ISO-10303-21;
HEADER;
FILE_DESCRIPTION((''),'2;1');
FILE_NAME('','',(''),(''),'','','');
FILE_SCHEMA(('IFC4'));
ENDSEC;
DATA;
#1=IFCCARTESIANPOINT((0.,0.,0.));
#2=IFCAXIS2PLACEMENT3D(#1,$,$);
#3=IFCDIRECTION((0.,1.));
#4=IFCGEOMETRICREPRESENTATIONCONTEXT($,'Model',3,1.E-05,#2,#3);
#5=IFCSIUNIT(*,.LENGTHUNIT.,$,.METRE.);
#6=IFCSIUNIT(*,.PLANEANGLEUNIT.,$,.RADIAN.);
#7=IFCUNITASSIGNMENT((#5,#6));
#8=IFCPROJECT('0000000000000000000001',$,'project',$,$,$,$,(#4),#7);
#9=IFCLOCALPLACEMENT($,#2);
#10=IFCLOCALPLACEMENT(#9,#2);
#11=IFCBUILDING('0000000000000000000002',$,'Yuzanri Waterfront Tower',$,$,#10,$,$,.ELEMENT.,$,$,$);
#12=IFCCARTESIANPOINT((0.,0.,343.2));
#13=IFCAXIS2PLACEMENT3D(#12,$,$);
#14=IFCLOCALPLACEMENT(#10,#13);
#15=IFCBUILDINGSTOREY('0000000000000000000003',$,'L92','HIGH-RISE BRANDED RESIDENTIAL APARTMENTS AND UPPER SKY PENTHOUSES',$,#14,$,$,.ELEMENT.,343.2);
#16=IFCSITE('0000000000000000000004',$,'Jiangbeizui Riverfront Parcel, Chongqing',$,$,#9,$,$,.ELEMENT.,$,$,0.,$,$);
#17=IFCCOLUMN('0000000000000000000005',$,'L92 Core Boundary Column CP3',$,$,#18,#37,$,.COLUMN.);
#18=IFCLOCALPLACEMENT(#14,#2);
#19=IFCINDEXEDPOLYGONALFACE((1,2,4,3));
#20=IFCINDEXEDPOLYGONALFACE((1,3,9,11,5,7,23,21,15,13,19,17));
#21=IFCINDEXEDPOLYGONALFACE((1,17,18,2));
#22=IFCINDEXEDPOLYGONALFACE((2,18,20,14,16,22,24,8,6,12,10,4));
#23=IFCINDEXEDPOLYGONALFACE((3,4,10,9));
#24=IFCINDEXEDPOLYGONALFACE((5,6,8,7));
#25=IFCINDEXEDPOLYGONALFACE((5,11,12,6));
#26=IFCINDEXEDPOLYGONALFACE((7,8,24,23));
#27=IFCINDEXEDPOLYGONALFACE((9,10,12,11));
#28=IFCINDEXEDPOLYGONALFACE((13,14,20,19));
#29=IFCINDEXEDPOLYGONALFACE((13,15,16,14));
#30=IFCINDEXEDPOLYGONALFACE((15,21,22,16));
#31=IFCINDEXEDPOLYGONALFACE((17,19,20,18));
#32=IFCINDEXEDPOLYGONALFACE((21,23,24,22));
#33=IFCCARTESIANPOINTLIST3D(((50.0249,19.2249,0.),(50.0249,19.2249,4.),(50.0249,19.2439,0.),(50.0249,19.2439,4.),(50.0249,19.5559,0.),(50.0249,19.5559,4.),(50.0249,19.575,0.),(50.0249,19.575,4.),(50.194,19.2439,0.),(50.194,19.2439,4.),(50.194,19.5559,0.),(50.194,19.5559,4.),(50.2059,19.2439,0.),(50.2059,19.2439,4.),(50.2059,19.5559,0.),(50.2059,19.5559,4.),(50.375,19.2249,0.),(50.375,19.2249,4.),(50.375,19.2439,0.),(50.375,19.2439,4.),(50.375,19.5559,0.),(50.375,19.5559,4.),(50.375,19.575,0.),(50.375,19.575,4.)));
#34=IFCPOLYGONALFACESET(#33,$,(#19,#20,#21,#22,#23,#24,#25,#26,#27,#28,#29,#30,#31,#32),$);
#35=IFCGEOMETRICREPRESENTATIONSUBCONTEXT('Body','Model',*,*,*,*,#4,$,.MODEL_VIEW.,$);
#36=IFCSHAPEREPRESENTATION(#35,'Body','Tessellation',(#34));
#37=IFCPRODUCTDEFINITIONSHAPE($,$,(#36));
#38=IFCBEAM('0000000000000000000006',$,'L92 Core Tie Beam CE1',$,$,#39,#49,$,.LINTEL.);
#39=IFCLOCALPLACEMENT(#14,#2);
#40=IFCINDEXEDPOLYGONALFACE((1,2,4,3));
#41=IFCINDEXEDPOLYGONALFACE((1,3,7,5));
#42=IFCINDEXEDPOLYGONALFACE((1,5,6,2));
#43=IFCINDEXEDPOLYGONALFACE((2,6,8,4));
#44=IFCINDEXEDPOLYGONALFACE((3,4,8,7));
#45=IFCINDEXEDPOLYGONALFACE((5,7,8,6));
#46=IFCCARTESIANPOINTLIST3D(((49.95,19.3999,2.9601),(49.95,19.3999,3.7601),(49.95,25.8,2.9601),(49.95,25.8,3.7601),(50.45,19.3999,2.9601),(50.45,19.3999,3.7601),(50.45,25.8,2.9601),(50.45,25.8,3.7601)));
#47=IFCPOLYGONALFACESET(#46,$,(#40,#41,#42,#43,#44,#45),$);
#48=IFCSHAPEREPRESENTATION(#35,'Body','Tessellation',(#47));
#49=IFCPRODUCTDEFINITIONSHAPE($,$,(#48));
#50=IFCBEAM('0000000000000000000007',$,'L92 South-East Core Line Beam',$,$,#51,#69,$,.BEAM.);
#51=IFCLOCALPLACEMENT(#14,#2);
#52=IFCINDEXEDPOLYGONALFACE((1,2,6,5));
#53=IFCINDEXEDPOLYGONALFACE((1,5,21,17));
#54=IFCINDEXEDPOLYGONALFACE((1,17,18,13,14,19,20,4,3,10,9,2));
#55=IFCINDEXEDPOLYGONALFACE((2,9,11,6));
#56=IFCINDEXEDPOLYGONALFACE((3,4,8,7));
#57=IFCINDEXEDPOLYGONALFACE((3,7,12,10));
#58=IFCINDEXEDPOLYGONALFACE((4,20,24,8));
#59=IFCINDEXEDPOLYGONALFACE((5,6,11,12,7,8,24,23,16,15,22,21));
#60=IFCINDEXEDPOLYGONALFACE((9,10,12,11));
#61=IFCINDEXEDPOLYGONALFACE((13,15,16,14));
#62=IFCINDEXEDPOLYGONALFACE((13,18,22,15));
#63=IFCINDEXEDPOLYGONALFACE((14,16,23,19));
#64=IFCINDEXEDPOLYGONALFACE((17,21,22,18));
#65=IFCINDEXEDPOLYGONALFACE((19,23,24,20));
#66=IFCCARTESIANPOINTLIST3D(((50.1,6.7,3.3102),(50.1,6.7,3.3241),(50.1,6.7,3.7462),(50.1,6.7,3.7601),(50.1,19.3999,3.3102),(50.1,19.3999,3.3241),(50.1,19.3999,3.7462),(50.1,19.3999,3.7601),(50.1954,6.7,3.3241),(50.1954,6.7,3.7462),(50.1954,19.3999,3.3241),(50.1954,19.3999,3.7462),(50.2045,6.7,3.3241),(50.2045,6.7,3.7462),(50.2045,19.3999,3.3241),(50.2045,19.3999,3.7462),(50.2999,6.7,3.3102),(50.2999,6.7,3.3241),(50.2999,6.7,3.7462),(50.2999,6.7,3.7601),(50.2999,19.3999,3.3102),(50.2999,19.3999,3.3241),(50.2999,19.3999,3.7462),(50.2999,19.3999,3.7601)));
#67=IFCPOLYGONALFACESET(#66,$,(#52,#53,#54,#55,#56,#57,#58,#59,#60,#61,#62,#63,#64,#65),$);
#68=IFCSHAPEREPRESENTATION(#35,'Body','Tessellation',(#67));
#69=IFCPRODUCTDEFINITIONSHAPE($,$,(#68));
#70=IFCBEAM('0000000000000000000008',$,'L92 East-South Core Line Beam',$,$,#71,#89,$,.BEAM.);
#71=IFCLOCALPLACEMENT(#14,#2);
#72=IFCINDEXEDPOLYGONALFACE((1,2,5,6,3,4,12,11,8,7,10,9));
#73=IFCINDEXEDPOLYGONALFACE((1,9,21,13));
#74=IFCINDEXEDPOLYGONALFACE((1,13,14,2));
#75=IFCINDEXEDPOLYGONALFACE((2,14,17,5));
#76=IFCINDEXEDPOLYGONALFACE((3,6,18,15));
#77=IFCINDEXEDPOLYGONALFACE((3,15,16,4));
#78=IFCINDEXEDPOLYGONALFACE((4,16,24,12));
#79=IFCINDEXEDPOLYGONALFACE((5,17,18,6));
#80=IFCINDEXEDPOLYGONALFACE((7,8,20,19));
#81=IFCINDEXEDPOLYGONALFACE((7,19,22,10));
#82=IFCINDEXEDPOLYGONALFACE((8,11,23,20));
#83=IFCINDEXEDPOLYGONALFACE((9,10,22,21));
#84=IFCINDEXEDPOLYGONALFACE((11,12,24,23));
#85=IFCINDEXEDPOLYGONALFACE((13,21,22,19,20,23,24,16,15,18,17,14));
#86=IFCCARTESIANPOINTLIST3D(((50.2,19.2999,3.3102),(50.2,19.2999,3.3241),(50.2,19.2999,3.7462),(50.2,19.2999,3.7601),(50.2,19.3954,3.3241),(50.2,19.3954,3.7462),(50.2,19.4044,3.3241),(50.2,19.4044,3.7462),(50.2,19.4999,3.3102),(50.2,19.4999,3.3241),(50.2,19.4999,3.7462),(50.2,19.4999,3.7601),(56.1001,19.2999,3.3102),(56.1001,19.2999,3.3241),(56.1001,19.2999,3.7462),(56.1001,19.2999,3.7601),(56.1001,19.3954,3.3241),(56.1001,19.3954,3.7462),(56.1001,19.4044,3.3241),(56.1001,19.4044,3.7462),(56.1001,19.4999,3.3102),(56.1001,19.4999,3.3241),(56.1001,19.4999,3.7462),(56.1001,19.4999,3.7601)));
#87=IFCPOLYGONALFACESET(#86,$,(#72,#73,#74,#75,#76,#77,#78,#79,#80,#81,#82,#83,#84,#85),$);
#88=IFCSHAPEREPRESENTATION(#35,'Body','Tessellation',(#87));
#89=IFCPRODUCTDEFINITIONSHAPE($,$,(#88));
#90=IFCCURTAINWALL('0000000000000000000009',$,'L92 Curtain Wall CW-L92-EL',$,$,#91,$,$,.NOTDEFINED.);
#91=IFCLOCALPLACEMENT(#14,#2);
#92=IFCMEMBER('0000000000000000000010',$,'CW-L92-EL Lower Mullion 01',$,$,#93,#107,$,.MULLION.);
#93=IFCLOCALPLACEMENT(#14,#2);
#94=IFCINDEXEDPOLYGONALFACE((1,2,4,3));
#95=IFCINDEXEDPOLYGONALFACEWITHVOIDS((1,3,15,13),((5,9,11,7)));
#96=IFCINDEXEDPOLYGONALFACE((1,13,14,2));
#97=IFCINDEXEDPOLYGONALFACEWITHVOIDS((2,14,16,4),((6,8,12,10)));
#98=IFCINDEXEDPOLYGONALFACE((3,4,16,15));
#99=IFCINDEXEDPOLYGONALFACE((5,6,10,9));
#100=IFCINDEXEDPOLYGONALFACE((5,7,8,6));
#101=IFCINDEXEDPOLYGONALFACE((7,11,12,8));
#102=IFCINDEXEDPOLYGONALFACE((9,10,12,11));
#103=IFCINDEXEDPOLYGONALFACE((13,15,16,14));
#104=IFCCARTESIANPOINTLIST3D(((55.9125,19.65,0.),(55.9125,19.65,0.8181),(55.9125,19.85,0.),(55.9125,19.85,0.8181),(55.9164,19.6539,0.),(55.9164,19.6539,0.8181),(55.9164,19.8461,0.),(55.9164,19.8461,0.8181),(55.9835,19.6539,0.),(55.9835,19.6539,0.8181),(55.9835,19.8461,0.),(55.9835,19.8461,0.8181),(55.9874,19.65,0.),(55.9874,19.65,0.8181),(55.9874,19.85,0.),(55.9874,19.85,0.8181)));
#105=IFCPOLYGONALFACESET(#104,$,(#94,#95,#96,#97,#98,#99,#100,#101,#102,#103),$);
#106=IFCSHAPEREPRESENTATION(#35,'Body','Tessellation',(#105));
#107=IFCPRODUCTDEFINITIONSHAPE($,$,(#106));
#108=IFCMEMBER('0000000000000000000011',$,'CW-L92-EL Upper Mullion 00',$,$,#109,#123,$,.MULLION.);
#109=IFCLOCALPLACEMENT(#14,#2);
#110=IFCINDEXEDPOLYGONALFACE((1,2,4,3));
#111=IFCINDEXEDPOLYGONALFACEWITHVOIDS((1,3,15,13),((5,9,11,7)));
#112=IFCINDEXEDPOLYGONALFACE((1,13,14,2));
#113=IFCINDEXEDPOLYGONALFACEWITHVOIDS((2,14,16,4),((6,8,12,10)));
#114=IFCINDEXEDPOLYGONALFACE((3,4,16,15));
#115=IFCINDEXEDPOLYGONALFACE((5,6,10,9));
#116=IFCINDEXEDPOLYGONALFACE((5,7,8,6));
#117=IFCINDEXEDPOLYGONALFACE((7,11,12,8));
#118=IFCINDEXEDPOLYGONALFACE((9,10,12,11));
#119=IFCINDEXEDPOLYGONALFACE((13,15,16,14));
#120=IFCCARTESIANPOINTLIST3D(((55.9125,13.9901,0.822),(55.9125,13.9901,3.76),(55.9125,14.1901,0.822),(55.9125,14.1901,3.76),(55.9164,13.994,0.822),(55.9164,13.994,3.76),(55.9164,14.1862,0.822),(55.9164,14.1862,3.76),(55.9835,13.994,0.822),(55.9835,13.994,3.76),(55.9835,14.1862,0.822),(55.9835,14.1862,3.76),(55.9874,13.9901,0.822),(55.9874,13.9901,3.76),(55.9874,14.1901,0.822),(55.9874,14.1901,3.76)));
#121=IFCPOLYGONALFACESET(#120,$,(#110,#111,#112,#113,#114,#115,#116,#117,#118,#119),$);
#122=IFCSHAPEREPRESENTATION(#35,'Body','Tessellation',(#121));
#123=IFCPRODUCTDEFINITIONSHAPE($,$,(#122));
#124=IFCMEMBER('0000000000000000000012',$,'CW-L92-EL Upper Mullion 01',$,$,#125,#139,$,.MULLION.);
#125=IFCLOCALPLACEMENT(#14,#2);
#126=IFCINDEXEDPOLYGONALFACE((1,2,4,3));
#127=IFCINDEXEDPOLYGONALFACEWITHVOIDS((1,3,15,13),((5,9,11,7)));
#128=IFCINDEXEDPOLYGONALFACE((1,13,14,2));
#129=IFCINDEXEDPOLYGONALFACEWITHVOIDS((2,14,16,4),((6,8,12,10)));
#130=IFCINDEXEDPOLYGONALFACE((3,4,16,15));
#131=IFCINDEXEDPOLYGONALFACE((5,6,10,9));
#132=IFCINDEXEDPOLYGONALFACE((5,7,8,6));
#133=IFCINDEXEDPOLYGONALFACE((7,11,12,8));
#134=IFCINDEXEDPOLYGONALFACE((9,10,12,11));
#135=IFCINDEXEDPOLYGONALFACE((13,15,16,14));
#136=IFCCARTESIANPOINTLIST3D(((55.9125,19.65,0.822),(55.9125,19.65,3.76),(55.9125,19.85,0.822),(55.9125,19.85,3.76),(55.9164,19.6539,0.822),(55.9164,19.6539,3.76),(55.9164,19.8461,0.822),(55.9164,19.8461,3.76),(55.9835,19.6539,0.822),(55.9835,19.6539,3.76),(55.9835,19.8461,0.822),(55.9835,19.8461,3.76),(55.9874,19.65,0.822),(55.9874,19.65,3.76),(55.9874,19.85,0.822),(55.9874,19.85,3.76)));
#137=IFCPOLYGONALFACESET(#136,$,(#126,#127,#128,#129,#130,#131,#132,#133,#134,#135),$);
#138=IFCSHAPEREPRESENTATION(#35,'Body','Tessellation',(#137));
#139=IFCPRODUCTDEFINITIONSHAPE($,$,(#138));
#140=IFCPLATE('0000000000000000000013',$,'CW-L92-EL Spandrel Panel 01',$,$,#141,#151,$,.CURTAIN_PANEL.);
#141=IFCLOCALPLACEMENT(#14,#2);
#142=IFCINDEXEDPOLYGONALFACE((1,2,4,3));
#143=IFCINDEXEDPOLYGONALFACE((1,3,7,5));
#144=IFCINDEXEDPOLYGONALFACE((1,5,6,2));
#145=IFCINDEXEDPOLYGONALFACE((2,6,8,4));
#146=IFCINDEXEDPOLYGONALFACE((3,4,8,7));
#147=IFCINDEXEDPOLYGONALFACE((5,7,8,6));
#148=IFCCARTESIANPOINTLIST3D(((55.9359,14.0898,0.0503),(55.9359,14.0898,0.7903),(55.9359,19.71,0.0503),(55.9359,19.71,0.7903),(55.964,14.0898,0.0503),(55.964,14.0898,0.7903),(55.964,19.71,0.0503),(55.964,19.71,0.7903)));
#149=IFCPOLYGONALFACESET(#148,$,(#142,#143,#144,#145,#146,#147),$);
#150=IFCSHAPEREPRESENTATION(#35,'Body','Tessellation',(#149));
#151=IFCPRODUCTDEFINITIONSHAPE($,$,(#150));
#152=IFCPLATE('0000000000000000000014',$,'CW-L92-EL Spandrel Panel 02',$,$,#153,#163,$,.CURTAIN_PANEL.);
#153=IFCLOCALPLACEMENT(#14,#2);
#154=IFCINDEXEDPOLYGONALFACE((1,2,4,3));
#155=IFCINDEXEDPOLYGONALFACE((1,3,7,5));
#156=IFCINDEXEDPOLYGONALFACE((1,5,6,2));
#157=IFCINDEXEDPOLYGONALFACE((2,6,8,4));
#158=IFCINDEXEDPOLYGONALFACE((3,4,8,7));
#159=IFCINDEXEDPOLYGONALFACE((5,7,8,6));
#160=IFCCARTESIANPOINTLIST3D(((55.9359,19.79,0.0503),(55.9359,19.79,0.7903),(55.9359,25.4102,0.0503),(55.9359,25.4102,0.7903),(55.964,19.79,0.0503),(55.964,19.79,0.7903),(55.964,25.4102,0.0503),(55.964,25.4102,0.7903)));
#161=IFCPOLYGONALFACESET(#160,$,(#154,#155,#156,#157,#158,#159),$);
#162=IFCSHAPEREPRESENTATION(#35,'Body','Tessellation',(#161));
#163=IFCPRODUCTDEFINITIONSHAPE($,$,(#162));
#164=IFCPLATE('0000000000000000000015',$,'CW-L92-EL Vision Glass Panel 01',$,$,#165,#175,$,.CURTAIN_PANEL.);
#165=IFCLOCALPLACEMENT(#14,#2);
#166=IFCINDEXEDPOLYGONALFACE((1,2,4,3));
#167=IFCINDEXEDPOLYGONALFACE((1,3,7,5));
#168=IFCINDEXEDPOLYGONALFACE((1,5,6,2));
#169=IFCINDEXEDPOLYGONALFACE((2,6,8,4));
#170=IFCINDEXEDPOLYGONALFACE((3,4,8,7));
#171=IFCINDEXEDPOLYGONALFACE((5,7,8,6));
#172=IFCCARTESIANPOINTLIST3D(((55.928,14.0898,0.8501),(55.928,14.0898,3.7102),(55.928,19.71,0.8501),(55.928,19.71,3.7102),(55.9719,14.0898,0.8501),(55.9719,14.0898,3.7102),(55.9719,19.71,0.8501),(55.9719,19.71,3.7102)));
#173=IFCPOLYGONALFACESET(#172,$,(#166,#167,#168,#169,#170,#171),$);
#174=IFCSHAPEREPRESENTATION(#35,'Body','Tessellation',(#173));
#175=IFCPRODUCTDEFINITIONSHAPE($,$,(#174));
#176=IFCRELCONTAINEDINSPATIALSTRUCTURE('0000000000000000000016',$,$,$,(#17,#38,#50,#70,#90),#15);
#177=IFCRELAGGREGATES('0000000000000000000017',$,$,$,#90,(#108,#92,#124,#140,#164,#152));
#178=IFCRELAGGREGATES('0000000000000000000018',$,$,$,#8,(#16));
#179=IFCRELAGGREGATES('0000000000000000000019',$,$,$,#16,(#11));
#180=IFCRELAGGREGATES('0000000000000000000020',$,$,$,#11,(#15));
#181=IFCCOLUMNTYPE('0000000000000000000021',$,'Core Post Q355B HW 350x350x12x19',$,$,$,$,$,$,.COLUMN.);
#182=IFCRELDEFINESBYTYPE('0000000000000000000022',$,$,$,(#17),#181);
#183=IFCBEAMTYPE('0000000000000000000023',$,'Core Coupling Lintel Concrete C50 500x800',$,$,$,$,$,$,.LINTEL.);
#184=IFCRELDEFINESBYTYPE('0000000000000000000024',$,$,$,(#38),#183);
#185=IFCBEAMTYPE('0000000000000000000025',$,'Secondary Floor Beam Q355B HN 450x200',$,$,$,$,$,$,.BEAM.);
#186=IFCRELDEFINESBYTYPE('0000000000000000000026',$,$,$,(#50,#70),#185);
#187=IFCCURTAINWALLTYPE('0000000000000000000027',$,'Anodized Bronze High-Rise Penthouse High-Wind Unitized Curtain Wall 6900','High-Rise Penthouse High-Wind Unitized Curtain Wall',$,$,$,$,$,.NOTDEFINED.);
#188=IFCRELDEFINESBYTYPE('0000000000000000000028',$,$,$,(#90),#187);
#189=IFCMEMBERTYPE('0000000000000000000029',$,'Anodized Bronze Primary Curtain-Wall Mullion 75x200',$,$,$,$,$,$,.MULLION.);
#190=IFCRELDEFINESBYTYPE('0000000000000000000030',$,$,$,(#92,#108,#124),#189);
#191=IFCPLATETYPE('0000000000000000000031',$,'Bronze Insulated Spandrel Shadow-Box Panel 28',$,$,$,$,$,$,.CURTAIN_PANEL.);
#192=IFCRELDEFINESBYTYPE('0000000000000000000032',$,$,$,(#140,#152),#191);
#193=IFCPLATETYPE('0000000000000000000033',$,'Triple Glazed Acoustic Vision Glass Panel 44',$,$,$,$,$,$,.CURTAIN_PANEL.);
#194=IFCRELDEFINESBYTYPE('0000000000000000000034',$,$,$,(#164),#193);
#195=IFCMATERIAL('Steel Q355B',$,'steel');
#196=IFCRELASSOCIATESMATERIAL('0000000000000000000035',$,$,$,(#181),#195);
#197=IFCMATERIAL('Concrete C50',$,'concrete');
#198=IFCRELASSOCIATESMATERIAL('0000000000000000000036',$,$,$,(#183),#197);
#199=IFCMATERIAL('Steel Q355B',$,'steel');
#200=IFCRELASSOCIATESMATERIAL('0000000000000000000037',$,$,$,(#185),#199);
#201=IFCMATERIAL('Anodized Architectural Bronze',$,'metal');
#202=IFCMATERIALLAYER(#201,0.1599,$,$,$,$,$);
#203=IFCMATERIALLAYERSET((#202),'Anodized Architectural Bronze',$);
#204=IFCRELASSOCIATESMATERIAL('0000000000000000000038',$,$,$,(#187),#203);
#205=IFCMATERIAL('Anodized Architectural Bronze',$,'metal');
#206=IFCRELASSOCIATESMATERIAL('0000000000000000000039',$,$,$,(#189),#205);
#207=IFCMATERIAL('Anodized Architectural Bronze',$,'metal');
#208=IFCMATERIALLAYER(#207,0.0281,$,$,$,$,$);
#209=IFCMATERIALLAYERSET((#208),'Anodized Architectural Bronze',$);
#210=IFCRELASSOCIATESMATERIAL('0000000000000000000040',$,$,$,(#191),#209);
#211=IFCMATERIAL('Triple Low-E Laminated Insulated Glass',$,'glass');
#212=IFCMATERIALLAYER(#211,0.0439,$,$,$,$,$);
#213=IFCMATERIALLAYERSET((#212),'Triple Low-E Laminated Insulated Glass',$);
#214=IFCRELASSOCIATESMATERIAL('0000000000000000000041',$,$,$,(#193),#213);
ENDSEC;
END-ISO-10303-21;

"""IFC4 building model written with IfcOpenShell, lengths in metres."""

from ifc_helpers import new_model, si_unit, direction, frame, origin, origin_2d, place, context, subcontext, project, spatial, rectangle, hollow_rectangle, i_section, extrude, source, transform, mapped, material, layer, layer_set, material_profile, profile_set, type_object, element, aggregate, save


model = new_model("IFC4")

# Units and contexts
model_context = context("Model", 3, precision=1e-05, world=origin(), true_north=direction((0.0, 1.0)))
body_context = subcontext(model_context, "Body", "Model", "MODEL_VIEW")
ifc_project = project(units=[si_unit("LENGTHUNIT", "METRE"), si_unit("PLANEANGLEUNIT", "RADIAN")], contexts=[model_context])

# Site, building, storey
site_placement = place(None, origin())
site = spatial("IfcSite", under=ifc_project, at=site_placement, Name="Jiangbeizui Riverfront Parcel, Chongqing", CompositionType="ELEMENT", RefElevation=0.0)
building_placement = place(site_placement, origin())
building = spatial("IfcBuilding", under=site, at=building_placement, Name="Yuzanri Waterfront Tower", CompositionType="ELEMENT")
storey_placement = place(building_placement, frame((0.0, 0.0, 343.2)))
storey = spatial("IfcBuildingStorey", under=building, at=storey_placement, Name="L92", Description="HIGH-RISE BRANDED RESIDENTIAL APARTMENTS AND UPPER SKY PENTHOUSES", CompositionType="ELEMENT", Elevation=343.2)

# Column
ifc_material_1 = material(Name="Steel Q355B", Category="steel")
ifc_material_profile_1 = material_profile(ifc_material_1, i_section(OverallWidth=0.3501, OverallDepth=0.3501, WebThickness=0.012, FlangeThickness=0.019, at=origin_2d()), Name="HW 350x350x12x19")
ifc_profile_set_1 = profile_set([ifc_material_profile_1], Name="Steel Q355B")
column_type = type_object("IfcColumnType", Name="Core Post Q355B HW 350x350x12x19", PredefinedType="COLUMN", material=ifc_profile_set_1)
shared_shape_1 = source(origin(), body_context, "Body", "SweptSolid", [
    extrude(i_section(OverallWidth=0.3501, OverallDepth=0.3501, WebThickness=0.012, FlangeThickness=0.019, at=origin_2d()), origin(), (0.0, 0.0, 1.0), 4.0),
])
column_placement = place(storey_placement, frame((50.2, 19.3999, 0.0), z_axis=(0.0, 0.0, 1.0), x_axis=(1.0, 0.0, 0.0)))
element("IfcColumn", 1, at=column_placement, inside=storey, type_object=column_type, Name="L92 Core Boundary Column CP3", PredefinedType="COLUMN", context=body_context, shape_type="MappedRepresentation", body=[
    mapped(shared_shape_1, transform((0.0, 0.0, 0.0), scale=1.0)),
])

# Beams
ifc_material_2 = material(Name="Concrete C50", Category="concrete")
ifc_material_profile_2 = material_profile(ifc_material_2, rectangle(XDim=0.5, YDim=0.8, at=origin_2d()), Name="RC 500x800")
ifc_profile_set_2 = profile_set([ifc_material_profile_2], Name="Concrete C50")
beam_type_1 = type_object("IfcBeamType", Name="Core Coupling Lintel Concrete C50 500x800", PredefinedType="LINTEL", material=ifc_profile_set_2)
shared_shape_2 = source(origin(), body_context, "Body", "SweptSolid", [
    extrude(rectangle(XDim=0.5, YDim=0.8, at=origin_2d()), origin(), (0.0, 0.0, 1.0), 6.4001),
])
beam_1_placement = place(storey_placement, frame((50.2, 19.3999, 3.3601), z_axis=(0.0, 1.0, 0.0), x_axis=(-1.0, 0.0, 0.0)))
element("IfcBeam", 2, at=beam_1_placement, inside=storey, type_object=beam_type_1, Name="L92 Core Tie Beam CE1", PredefinedType="LINTEL", context=body_context, shape_type="MappedRepresentation", body=[
    mapped(shared_shape_2, transform((0.0, 0.0, 0.0), scale=1.0)),
])
ifc_material_3 = material(Name="Steel Q355B", Category="steel")
ifc_material_profile_3 = material_profile(ifc_material_3, i_section(OverallWidth=0.2, OverallDepth=0.45, WebThickness=0.009, FlangeThickness=0.0139, at=origin_2d()), Name="HN 450x200x9x14")
ifc_profile_set_3 = profile_set([ifc_material_profile_3], Name="Steel Q355B")
beam_type_2 = type_object("IfcBeamType", Name="Secondary Floor Beam Q355B HN 450x200", PredefinedType="BEAM", material=ifc_profile_set_3)
shared_shape_3 = source(origin(), body_context, "Body", "SweptSolid", [
    extrude(i_section(OverallWidth=0.2, OverallDepth=0.45, WebThickness=0.009, FlangeThickness=0.0139, at=origin_2d()), origin(), (0.0, 0.0, 1.0), 12.7),
])
beam_2_placement = place(storey_placement, frame((50.2, 19.3999, 3.5352), z_axis=(0.0, -1.0, 0.0), x_axis=(1.0, 0.0, 0.0)))
element("IfcBeam", 3, at=beam_2_placement, inside=storey, type_object=beam_type_2, Name="L92 South-East Core Line Beam", PredefinedType="BEAM", context=body_context, shape_type="MappedRepresentation", body=[
    mapped(shared_shape_3, transform((0.0, 0.0, 0.0), scale=1.0)),
])
shared_shape_4 = source(origin(), body_context, "Body", "SweptSolid", [
    extrude(i_section(OverallWidth=0.2, OverallDepth=0.45, WebThickness=0.009, FlangeThickness=0.0139, at=origin_2d()), origin(), (0.0, 0.0, 1.0), 5.9001),
])
beam_3_placement = place(storey_placement, frame((50.2, 19.3999, 3.5352), z_axis=(1.0, 0.0, 0.0), x_axis=(0.0, 1.0, 0.0)))
element("IfcBeam", 4, at=beam_3_placement, inside=storey, type_object=beam_type_2, Name="L92 East-South Core Line Beam", PredefinedType="BEAM", context=body_context, shape_type="MappedRepresentation", body=[
    mapped(shared_shape_4, transform((0.0, 0.0, 0.0), scale=1.0)),
])

# Curtain wall, members, plates
ifc_material_4 = material(Name="Anodized Architectural Bronze", Category="metal")
ifc_layer_1 = layer(ifc_material_4, 0.1599)
ifc_layer_set_1 = layer_set([ifc_layer_1], Name="Anodized Architectural Bronze")
curtain_wall_type = type_object("IfcCurtainWallType", Name="Anodized Bronze High-Rise Penthouse High-Wind Unitized Curtain Wall 6900", Description="High-Rise Penthouse High-Wind Unitized Curtain Wall", PredefinedType="NOTDEFINED", material=ifc_layer_set_1)
curtain_wall_placement = place(storey_placement, origin())
curtain_wall = element("IfcCurtainWall", 5, at=curtain_wall_placement, inside=storey, type_object=curtain_wall_type, Name="L92 Curtain Wall CW-L92-EL", PredefinedType="NOTDEFINED")
ifc_material_5 = material(Name="Anodized Architectural Bronze", Category="metal")
ifc_material_profile_4 = material_profile(ifc_material_5, hollow_rectangle(XDim=0.075, YDim=0.2, WallThickness=0.0039, at=origin_2d()), Name="CWM 75x200")
ifc_profile_set_4 = profile_set([ifc_material_profile_4], Name="Anodized Architectural Bronze")
member_type = type_object("IfcMemberType", Name="Anodized Bronze Primary Curtain-Wall Mullion 75x200", PredefinedType="MULLION", material=ifc_profile_set_4)
shared_shape_5 = source(origin(), body_context, "Body", "SweptSolid", [
    extrude(hollow_rectangle(XDim=0.075, YDim=0.2, WallThickness=0.0039, at=origin_2d()), origin(), (0.0, 0.0, 1.0), 0.8181),
])
member_1_placement = place(storey_placement, frame((55.95, 19.75, 0.0), z_axis=(0.0, 0.0, 1.0), x_axis=(1.0, 0.0, 0.0)))
member_1 = element("IfcMember", 6, at=member_1_placement, type_object=member_type, Name="CW-L92-EL Lower Mullion 01", PredefinedType="MULLION", context=body_context, shape_type="MappedRepresentation", body=[
    mapped(shared_shape_5, transform((0.0, 0.0, 0.0), scale=1.0)),
])
shared_shape_6 = source(origin(), body_context, "Body", "SweptSolid", [
    extrude(hollow_rectangle(XDim=0.075, YDim=0.2, WallThickness=0.0039, at=origin_2d()), origin(), (0.0, 0.0, 1.0), 2.938),
])
member_2_placement = place(storey_placement, frame((55.95, 14.0901, 0.822), z_axis=(0.0, 0.0, 1.0), x_axis=(1.0, 0.0, 0.0)))
member_2 = element("IfcMember", 7, at=member_2_placement, type_object=member_type, Name="CW-L92-EL Upper Mullion 00", PredefinedType="MULLION", context=body_context, shape_type="MappedRepresentation", body=[
    mapped(shared_shape_6, transform((0.0, 0.0, 0.0), scale=1.0)),
])
member_3_placement = place(storey_placement, frame((55.95, 19.75, 0.822), z_axis=(0.0, 0.0, 1.0), x_axis=(1.0, 0.0, 0.0)))
member_3 = element("IfcMember", 8, at=member_3_placement, type_object=member_type, Name="CW-L92-EL Upper Mullion 01", PredefinedType="MULLION", context=body_context, shape_type="MappedRepresentation", body=[
    mapped(shared_shape_6, transform((0.0, 0.0, 0.0), scale=1.0)),
])
ifc_material_6 = material(Name="Anodized Architectural Bronze", Category="metal")
ifc_layer_2 = layer(ifc_material_6, 0.0281)
ifc_layer_set_2 = layer_set([ifc_layer_2], Name="Anodized Architectural Bronze")
plate_type_1 = type_object("IfcPlateType", Name="Bronze Insulated Spandrel Shadow-Box Panel 28", PredefinedType="CURTAIN_PANEL", material=ifc_layer_set_2)
shared_shape_7 = source(origin(), body_context, "Body", "SweptSolid", [
    extrude(rectangle(XDim=5.6201, YDim=0.0281, at=origin_2d()), origin(), (0.0, 0.0, 1.0), 0.74),
])
plate_1_placement = place(storey_placement, frame((55.95, 16.8999, 0.0503), z_axis=(0.0, 0.0, 1.0), x_axis=(0.0, 1.0, 0.0)))
plate_1 = element("IfcPlate", 9, at=plate_1_placement, type_object=plate_type_1, Name="CW-L92-EL Spandrel Panel 01", PredefinedType="CURTAIN_PANEL", context=body_context, shape_type="MappedRepresentation", body=[
    mapped(shared_shape_7, transform((0.0, 0.0, 0.0), scale=1.0)),
])
plate_2_placement = place(storey_placement, frame((55.95, 22.6001, 0.0503), z_axis=(0.0, 0.0, 1.0), x_axis=(0.0, 1.0, 0.0)))
plate_2 = element("IfcPlate", 10, at=plate_2_placement, type_object=plate_type_1, Name="CW-L92-EL Spandrel Panel 02", PredefinedType="CURTAIN_PANEL", context=body_context, shape_type="MappedRepresentation", body=[
    mapped(shared_shape_7, transform((0.0, 0.0, 0.0), scale=1.0)),
])
ifc_material_7 = material(Name="Triple Low-E Laminated Insulated Glass", Category="glass")
ifc_layer_3 = layer(ifc_material_7, 0.0439)
ifc_layer_set_3 = layer_set([ifc_layer_3], Name="Triple Low-E Laminated Insulated Glass")
plate_type_2 = type_object("IfcPlateType", Name="Triple Glazed Acoustic Vision Glass Panel 44", PredefinedType="CURTAIN_PANEL", material=ifc_layer_set_3)
shared_shape_8 = source(origin(), body_context, "Body", "SweptSolid", [
    extrude(rectangle(XDim=5.6201, YDim=0.0439, at=origin_2d()), origin(), (0.0, 0.0, 1.0), 2.8601),
])
plate_3_placement = place(storey_placement, frame((55.95, 16.8999, 0.8501), z_axis=(0.0, 0.0, 1.0), x_axis=(0.0, 1.0, 0.0)))
plate_3 = element("IfcPlate", 11, at=plate_3_placement, type_object=plate_type_2, Name="CW-L92-EL Vision Glass Panel 01", PredefinedType="CURTAIN_PANEL", context=body_context, shape_type="MappedRepresentation", body=[
    mapped(shared_shape_8, transform((0.0, 0.0, 0.0), scale=1.0)),
])
aggregate(curtain_wall, [member_2, member_1, member_3, plate_1, plate_3, plate_2])

save(model, "model.ifc")
